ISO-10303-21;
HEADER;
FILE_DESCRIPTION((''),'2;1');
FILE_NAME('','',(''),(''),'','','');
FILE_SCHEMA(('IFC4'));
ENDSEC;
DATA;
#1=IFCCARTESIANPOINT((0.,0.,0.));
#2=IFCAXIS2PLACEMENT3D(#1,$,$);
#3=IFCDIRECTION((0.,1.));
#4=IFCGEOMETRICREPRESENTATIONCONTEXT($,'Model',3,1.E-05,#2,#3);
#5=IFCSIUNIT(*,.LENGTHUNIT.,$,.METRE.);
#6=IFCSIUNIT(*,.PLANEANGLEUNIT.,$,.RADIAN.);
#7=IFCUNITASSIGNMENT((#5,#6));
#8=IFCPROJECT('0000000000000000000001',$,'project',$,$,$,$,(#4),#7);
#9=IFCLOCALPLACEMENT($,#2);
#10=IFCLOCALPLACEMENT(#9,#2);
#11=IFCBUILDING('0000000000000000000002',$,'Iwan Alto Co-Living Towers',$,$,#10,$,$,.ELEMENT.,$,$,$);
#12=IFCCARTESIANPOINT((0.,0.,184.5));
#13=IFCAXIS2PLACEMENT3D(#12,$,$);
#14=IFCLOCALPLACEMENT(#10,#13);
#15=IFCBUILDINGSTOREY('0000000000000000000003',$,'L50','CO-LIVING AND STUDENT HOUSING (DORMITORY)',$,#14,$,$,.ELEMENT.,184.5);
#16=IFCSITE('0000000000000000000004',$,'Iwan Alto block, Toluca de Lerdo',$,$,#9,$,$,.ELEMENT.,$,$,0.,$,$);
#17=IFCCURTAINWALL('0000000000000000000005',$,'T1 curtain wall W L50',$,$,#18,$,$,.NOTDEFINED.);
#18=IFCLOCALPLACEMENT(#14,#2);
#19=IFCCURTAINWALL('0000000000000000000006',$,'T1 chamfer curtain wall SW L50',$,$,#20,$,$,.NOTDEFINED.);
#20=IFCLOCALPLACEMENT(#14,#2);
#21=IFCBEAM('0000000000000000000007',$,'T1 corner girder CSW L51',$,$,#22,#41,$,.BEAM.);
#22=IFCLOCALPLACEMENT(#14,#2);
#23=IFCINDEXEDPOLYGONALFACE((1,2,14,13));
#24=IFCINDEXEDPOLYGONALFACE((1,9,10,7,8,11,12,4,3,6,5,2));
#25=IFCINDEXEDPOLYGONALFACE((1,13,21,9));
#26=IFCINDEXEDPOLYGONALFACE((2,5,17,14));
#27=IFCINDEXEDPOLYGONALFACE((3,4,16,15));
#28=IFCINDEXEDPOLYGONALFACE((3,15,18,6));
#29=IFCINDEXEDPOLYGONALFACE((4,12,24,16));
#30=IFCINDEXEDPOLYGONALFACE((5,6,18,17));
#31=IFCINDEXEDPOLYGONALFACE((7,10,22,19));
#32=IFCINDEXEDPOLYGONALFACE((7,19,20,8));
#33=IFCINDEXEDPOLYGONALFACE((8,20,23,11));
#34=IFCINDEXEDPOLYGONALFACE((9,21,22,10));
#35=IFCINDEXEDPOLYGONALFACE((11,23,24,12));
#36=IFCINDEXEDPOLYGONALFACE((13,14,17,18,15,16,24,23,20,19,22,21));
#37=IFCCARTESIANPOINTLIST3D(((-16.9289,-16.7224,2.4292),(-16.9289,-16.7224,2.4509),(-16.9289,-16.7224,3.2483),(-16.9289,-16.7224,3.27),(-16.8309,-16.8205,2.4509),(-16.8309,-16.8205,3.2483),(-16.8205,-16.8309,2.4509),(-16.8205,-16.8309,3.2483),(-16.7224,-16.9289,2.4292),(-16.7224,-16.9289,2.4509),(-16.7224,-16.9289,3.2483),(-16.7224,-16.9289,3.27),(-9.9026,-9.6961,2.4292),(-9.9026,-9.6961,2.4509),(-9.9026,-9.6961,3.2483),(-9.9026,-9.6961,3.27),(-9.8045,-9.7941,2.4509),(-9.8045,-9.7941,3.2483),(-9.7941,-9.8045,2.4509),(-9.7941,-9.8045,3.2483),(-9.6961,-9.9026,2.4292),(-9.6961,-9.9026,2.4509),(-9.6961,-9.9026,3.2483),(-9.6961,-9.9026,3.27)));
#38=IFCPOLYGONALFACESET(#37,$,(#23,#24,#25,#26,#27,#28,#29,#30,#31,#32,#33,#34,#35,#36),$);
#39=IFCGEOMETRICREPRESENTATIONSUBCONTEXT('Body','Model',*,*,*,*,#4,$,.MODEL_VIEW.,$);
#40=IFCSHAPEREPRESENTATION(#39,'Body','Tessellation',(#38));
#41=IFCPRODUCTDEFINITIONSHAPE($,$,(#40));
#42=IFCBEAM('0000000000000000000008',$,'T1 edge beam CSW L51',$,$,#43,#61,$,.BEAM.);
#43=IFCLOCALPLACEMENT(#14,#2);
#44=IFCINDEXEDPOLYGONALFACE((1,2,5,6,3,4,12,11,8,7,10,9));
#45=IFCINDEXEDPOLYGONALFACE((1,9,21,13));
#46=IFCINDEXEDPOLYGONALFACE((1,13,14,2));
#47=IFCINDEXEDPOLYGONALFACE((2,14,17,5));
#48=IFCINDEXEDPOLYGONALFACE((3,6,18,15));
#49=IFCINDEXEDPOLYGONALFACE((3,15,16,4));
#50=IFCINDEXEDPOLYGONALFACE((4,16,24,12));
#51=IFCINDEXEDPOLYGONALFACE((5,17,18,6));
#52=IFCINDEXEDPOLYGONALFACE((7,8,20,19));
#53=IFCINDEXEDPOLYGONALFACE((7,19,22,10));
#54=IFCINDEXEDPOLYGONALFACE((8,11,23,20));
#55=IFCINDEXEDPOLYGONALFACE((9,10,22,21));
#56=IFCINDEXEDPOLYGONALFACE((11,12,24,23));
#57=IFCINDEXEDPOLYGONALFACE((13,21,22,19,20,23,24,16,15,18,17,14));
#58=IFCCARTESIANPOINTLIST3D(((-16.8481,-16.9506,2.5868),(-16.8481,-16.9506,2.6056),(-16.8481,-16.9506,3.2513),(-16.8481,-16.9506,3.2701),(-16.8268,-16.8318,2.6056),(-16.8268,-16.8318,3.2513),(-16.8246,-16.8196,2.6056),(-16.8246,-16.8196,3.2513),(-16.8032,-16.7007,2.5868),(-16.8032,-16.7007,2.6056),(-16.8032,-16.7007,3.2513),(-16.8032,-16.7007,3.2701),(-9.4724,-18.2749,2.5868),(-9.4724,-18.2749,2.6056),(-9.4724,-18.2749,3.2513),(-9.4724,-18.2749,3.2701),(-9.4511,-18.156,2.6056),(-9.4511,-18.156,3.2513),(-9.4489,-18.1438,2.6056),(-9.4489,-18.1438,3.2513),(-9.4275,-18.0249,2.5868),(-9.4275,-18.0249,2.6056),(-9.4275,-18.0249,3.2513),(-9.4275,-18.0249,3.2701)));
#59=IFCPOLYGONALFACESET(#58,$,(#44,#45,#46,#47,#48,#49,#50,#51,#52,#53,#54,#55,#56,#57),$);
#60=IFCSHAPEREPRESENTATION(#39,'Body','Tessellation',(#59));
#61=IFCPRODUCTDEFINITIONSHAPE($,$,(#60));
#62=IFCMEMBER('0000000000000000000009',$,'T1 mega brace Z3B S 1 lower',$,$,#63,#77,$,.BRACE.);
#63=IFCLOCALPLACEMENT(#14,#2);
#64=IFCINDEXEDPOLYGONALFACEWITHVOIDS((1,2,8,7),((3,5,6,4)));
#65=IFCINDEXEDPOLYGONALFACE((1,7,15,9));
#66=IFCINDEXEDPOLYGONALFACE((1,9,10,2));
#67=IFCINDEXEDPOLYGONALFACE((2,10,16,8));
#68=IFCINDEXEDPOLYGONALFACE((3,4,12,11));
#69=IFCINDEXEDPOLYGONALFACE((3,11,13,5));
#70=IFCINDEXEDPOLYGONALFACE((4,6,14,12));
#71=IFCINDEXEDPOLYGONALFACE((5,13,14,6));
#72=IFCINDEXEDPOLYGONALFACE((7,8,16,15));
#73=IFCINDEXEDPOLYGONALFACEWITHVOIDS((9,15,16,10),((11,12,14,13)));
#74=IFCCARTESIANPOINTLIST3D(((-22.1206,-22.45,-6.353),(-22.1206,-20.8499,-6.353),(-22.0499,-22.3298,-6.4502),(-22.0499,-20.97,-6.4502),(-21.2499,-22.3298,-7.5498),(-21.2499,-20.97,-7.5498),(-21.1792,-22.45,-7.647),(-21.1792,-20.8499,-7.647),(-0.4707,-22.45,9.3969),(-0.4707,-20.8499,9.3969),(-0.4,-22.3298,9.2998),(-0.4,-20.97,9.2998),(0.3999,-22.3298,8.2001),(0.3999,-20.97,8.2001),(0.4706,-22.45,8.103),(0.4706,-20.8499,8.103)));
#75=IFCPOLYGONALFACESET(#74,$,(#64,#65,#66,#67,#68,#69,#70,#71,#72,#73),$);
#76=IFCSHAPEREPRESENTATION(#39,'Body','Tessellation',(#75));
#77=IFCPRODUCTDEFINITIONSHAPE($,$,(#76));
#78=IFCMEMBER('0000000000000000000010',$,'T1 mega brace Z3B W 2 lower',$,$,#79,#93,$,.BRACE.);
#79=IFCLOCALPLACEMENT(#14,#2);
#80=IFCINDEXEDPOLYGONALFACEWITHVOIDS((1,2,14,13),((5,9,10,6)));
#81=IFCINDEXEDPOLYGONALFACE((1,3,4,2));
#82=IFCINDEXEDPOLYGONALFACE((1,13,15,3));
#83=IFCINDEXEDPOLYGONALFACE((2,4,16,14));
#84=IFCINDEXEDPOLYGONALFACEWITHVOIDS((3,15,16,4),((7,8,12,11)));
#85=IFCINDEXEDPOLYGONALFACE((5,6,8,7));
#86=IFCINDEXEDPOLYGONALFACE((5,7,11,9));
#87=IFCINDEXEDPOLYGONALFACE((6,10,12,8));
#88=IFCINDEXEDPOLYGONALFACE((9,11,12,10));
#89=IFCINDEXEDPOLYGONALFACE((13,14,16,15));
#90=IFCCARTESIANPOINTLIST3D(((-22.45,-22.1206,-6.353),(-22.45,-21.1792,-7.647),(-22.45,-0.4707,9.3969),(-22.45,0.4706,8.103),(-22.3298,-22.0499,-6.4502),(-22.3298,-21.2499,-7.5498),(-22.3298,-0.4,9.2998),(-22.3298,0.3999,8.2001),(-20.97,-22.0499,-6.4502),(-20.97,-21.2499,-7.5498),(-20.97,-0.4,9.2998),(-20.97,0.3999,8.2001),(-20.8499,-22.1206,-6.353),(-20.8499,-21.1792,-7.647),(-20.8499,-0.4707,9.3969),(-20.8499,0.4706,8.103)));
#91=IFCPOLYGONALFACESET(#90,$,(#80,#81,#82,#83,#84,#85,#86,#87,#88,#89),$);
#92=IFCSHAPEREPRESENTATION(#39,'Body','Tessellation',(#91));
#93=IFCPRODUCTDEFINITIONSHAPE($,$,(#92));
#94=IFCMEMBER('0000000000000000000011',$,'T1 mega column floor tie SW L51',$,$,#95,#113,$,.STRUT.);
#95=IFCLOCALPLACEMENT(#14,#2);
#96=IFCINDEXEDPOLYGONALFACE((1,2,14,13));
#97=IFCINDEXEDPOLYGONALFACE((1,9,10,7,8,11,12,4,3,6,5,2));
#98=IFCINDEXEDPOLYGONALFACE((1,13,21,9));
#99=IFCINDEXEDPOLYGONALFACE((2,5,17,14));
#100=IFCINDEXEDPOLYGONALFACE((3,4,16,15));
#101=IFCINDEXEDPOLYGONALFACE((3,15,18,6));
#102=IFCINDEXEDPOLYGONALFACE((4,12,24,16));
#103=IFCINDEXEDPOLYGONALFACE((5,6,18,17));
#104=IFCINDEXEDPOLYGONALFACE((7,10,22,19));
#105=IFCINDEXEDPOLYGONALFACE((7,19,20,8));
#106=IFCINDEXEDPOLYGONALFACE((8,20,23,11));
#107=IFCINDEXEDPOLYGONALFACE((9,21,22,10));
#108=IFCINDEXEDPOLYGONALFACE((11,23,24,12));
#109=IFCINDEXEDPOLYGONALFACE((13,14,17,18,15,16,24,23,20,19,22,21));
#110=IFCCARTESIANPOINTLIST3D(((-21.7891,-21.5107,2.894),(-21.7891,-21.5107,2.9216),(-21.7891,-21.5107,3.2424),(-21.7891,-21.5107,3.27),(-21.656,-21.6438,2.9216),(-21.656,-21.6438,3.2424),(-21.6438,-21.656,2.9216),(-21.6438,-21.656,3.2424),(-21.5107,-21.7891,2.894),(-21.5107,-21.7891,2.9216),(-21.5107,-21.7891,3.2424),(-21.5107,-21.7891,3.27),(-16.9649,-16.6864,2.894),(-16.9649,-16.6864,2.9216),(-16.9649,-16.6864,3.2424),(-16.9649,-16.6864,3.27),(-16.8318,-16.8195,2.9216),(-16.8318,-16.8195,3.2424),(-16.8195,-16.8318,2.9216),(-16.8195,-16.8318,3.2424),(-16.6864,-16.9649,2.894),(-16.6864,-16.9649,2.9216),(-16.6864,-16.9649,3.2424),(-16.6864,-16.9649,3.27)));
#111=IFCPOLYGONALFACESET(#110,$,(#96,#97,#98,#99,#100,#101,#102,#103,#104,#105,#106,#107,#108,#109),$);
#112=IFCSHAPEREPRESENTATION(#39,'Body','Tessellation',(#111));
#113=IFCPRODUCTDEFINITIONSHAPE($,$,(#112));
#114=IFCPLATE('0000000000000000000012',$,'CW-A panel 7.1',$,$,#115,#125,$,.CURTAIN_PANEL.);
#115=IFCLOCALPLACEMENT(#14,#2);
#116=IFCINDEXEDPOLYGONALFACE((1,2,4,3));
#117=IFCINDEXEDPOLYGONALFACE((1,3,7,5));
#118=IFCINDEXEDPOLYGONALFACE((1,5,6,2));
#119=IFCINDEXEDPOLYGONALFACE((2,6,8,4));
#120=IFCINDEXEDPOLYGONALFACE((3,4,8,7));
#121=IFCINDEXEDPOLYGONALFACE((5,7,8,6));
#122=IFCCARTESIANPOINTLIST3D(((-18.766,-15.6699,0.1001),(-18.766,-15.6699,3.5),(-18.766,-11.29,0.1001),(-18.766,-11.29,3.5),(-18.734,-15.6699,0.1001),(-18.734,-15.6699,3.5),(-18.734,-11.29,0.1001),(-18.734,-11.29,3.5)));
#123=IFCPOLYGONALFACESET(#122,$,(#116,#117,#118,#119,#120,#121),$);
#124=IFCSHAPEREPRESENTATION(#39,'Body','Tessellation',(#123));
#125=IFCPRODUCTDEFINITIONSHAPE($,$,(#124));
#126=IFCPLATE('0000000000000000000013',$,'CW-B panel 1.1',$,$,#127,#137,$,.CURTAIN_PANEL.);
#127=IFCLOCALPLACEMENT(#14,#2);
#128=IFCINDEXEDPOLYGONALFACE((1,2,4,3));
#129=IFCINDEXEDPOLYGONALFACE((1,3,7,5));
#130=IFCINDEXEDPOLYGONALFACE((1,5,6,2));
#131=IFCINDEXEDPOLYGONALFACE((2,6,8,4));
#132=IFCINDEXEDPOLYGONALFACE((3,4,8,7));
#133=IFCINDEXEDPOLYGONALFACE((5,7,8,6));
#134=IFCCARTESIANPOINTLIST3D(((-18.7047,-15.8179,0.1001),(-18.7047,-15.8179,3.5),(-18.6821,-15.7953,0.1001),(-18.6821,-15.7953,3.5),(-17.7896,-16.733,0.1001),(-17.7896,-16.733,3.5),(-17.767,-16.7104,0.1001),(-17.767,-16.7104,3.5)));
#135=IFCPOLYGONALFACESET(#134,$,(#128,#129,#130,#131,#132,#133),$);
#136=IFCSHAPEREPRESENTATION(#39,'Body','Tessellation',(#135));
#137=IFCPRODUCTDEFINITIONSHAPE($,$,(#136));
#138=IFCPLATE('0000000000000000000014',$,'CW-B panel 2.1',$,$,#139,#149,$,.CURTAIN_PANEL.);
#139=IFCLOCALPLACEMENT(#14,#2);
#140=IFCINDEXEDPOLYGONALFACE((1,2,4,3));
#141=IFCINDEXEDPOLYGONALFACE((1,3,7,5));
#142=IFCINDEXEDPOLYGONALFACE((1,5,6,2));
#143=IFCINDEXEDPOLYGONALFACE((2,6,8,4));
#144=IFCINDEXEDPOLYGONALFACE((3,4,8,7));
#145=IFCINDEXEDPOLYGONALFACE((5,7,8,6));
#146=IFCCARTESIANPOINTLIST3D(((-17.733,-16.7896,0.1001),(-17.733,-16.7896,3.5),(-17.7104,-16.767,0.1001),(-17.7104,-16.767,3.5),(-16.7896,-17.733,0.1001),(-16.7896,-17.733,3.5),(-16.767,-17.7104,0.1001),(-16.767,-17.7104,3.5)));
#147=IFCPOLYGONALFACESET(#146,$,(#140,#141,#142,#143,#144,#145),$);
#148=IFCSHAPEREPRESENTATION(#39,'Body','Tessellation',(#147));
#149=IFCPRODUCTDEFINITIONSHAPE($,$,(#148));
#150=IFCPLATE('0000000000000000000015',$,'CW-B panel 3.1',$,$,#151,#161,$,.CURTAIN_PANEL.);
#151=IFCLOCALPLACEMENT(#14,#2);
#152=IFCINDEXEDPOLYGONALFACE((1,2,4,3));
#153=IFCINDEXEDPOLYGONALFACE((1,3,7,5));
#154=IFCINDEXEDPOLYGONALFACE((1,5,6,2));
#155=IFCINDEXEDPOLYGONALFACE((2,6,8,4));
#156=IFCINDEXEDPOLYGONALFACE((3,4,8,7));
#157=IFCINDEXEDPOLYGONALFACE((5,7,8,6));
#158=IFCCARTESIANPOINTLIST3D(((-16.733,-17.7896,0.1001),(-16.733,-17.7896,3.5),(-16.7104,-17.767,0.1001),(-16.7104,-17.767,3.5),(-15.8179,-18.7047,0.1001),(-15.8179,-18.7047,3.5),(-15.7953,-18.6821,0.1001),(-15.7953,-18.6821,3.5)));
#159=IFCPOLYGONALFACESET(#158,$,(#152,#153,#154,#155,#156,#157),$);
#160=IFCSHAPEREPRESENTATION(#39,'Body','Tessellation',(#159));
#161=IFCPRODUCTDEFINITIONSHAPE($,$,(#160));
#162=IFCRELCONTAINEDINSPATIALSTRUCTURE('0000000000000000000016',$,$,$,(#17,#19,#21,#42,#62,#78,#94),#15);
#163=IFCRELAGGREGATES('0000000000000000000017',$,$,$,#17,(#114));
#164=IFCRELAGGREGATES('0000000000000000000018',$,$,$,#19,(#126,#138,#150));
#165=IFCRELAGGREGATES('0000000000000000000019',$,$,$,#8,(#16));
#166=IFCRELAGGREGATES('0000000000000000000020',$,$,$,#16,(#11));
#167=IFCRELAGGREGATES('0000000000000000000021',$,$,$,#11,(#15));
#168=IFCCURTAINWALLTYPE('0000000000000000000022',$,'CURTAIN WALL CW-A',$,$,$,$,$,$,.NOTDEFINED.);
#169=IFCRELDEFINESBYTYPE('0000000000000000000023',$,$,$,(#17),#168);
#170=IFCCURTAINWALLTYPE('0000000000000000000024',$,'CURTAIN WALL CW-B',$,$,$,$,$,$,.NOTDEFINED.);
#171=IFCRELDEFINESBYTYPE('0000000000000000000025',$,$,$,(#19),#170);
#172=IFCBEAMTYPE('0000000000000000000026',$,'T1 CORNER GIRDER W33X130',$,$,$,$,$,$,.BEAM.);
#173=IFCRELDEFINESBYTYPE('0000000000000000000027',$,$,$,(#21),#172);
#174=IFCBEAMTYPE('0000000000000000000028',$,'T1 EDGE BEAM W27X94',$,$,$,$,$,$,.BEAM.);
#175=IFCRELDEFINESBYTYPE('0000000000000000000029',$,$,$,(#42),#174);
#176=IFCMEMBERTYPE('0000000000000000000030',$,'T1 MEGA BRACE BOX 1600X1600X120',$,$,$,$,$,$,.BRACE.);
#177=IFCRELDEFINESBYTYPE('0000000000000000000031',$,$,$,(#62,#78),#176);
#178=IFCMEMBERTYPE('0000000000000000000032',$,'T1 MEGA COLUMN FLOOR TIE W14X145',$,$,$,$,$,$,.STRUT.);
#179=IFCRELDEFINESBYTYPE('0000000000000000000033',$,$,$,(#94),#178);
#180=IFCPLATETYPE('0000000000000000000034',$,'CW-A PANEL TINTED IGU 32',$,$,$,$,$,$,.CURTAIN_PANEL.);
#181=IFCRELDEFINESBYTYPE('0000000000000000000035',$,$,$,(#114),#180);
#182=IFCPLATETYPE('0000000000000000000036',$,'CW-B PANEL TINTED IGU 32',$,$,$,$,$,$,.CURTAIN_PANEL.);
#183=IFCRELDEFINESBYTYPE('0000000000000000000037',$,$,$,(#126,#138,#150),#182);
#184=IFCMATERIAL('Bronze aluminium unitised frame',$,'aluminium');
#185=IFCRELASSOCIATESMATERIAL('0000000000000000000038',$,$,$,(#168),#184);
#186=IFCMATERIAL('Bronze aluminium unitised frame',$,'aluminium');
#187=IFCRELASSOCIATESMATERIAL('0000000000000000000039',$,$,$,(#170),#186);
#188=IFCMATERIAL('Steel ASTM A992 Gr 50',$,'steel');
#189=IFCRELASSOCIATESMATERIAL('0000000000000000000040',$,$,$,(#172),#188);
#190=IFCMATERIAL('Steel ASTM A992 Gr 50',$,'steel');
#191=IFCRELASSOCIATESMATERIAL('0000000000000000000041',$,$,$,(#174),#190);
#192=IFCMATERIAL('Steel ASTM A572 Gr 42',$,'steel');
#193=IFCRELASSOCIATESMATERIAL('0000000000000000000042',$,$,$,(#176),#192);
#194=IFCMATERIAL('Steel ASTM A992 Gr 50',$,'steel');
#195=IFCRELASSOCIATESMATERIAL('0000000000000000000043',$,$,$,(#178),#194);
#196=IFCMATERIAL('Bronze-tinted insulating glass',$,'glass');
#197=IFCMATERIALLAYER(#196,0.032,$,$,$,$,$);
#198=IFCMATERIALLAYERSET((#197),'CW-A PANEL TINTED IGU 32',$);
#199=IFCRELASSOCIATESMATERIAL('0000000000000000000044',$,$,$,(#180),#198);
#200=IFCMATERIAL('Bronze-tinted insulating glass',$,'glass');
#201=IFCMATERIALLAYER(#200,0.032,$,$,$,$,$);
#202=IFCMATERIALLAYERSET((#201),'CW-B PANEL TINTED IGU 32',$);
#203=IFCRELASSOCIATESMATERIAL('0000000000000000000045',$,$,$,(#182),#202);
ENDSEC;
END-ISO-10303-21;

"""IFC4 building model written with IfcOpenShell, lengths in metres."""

from ifc_helpers import new_model, si_unit, direction, frame, origin, origin_2d, place, context, subcontext, project, spatial, rectangle, hollow_rectangle, i_section, extrude, material, layer, layer_set, material_profile, profile_set, type_object, element, aggregate, save


model = new_model("IFC4")

# Units and contexts
model_context = context("Model", 3, precision=1e-05, world=origin(), true_north=direction((0.0, 1.0)))
body_context = subcontext(model_context, "Body", "Model", "MODEL_VIEW")
ifc_project = project(units=[si_unit("LENGTHUNIT", "METRE"), si_unit("PLANEANGLEUNIT", "RADIAN")], contexts=[model_context])

# Site, building, storey
site_placement = place(None, origin())
site = spatial("IfcSite", under=ifc_project, at=site_placement, Name="Iwan Alto block, Toluca de Lerdo", CompositionType="ELEMENT", RefElevation=0.0)
building_placement = place(site_placement, origin())
building = spatial("IfcBuilding", under=site, at=building_placement, Name="Iwan Alto Co-Living Towers", CompositionType="ELEMENT")
storey_placement = place(building_placement, frame((0.0, 0.0, 184.5)))
storey = spatial("IfcBuildingStorey", under=building, at=storey_placement, Name="L50", Description="CO-LIVING AND STUDENT HOUSING (DORMITORY)", CompositionType="ELEMENT", Elevation=184.5)

# Curtain walls
ifc_material_1 = material(Name="Bronze aluminium unitised frame", Category="aluminium")
curtain_wall_type_1 = type_object("IfcCurtainWallType", Name="CURTAIN WALL CW-A", PredefinedType="NOTDEFINED", material=ifc_material_1)
curtain_wall_1_placement = place(storey_placement, origin())
curtain_wall_1 = element("IfcCurtainWall", 1, at=curtain_wall_1_placement, inside=storey, type_object=curtain_wall_type_1, Name="T1 curtain wall W L50", PredefinedType="NOTDEFINED")
ifc_material_2 = material(Name="Bronze aluminium unitised frame", Category="aluminium")
curtain_wall_type_2 = type_object("IfcCurtainWallType", Name="CURTAIN WALL CW-B", PredefinedType="NOTDEFINED", material=ifc_material_2)
curtain_wall_2_placement = place(storey_placement, origin())
curtain_wall_2 = element("IfcCurtainWall", 2, at=curtain_wall_2_placement, inside=storey, type_object=curtain_wall_type_2, Name="T1 chamfer curtain wall SW L50", PredefinedType="NOTDEFINED")

# Beams
ifc_material_3 = material(Name="Steel ASTM A992 Gr 50", Category="steel")
ifc_material_profile_1 = material_profile(ifc_material_3, i_section(OverallWidth=0.292, OverallDepth=0.8408, WebThickness=0.0146, FlangeThickness=0.0217, at=origin_2d()), Name="W33X130")
ifc_profile_set_1 = profile_set([ifc_material_profile_1], Name="Steel ASTM A992 Gr 50")
beam_type_1 = type_object("IfcBeamType", Name="T1 CORNER GIRDER W33X130", PredefinedType="BEAM", material=ifc_profile_set_1)
beam_1_placement = place(storey_placement, frame((-16.8257, -16.8257, 2.8496), z_axis=(0.707107, 0.707107, 0.0), x_axis=(-0.707107, 0.707107, 0.0)))
element("IfcBeam", 3, at=beam_1_placement, inside=storey, type_object=beam_type_1, Name="T1 corner girder CSW L51", PredefinedType="BEAM", context=body_context, shape_type="SweptSolid", body=[
    extrude(i_section(OverallWidth=0.292, OverallDepth=0.8408, WebThickness=0.0146, FlangeThickness=0.0217, at=origin_2d()), origin(), (0.0, 0.0, 1.0), 9.9368),
])
ifc_material_4 = material(Name="Steel ASTM A992 Gr 50", Category="steel")
ifc_material_profile_2 = material_profile(ifc_material_4, i_section(OverallWidth=0.2539, OverallDepth=0.6833, WebThickness=0.0125, FlangeThickness=0.0188, at=origin_2d()), Name="W27X94")
ifc_profile_set_2 = profile_set([ifc_material_profile_2], Name="Steel ASTM A992 Gr 50")
beam_type_2 = type_object("IfcBeamType", Name="T1 EDGE BEAM W27X94", PredefinedType="BEAM", material=ifc_profile_set_2)
beam_2_placement = place(storey_placement, frame((-16.8257, -16.8257, 2.9285), z_axis=(0.984263, -0.176712, 0.0), x_axis=(0.176712, 0.984263, 0.0)))
element("IfcBeam", 4, at=beam_2_placement, inside=storey, type_object=beam_type_2, Name="T1 edge beam CSW L51", PredefinedType="BEAM", context=body_context, shape_type="SweptSolid", body=[
    extrude(i_section(OverallWidth=0.2539, OverallDepth=0.6833, WebThickness=0.0125, FlangeThickness=0.0188, at=origin_2d()), origin(), (0.0, 0.0, 1.0), 7.4937),
])

# Members
ifc_material_5 = material(Name="Steel ASTM A572 Gr 42", Category="steel")
ifc_material_profile_3 = material_profile(ifc_material_5, hollow_rectangle(XDim=1.6001, YDim=1.6001, WallThickness=0.1201, at=origin_2d()), Name="BOX 1600X1600X120")
ifc_profile_set_3 = profile_set([ifc_material_profile_3], Name="Steel ASTM A572 Gr 42")
member_type_1 = type_object("IfcMemberType", Name="T1 MEGA BRACE BOX 1600X1600X120", PredefinedType="BRACE", material=ifc_profile_set_3)
for number, where, z_axis, x_axis, name in (
    (5, (-21.6499, -21.6499, -7.0), (0.808654, 0.0, 0.588284), (0.0, 1.0, 0.0), "T1 mega brace Z3B S 1 lower"),
    (6, (-21.6499, -21.6499, -7.0), (0.0, 0.808654, 0.588284), (-1.0, 0.0, 0.0), "T1 mega brace Z3B W 2 lower"),
):
    element("IfcMember", number, at=place(storey_placement, frame(where, z_axis=z_axis, x_axis=x_axis)), inside=storey, type_object=member_type_1, Name=name, PredefinedType="BRACE", context=body_context, shape_type="SweptSolid", body=[
        extrude(hollow_rectangle(XDim=1.6001, YDim=1.6001, WallThickness=0.1201, at=origin_2d()), origin(), (0.0, 0.0, 1.0), 26.7727),
    ])
ifc_material_6 = material(Name="Steel ASTM A992 Gr 50", Category="steel")
ifc_material_profile_4 = material_profile(ifc_material_6, i_section(OverallWidth=0.3938, OverallDepth=0.376, WebThickness=0.0173, FlangeThickness=0.0276, at=origin_2d()), Name="W14X145")
ifc_profile_set_4 = profile_set([ifc_material_profile_4], Name="Steel ASTM A992 Gr 50")
member_type_2 = type_object("IfcMemberType", Name="T1 MEGA COLUMN FLOOR TIE W14X145", PredefinedType="STRUT", material=ifc_profile_set_4)
member_1_placement = place(storey_placement, frame((-21.6499, -21.6499, 3.082), z_axis=(0.707107, 0.707107, 0.0), x_axis=(-0.707107, 0.707107, 0.0)))
element("IfcMember", 7, at=member_1_placement, inside=storey, type_object=member_type_2, Name="T1 mega column floor tie SW L51", PredefinedType="STRUT", context=body_context, shape_type="SweptSolid", body=[
    extrude(i_section(OverallWidth=0.3938, OverallDepth=0.376, WebThickness=0.0173, FlangeThickness=0.0276, at=origin_2d()), origin(), (0.0, 0.0, 1.0), 6.8225),
])

# Plates
ifc_material_7 = material(Name="Bronze-tinted insulating glass", Category="glass")
ifc_layer_1 = layer(ifc_material_7, 0.032)
ifc_layer_set_1 = layer_set([ifc_layer_1], Name="CW-A PANEL TINTED IGU 32")
plate_type_1 = type_object("IfcPlateType", Name="CW-A PANEL TINTED IGU 32", PredefinedType="CURTAIN_PANEL", material=ifc_layer_set_1)
plate_1_placement = place(storey_placement, frame((-18.75, -13.48, 0.1001), z_axis=(0.0, 0.0, 1.0), x_axis=(0.0, -1.0, 0.0)))
plate_1 = element("IfcPlate", 8, at=plate_1_placement, type_object=plate_type_1, Name="CW-A panel 7.1", PredefinedType="CURTAIN_PANEL", context=body_context, shape_type="SweptSolid", body=[
    extrude(rectangle(XDim=4.3799, YDim=0.032, at=origin_2d()), origin(), (0.0, 0.0, 1.0), 3.3999),
])
aggregate(curtain_wall_1, [plate_1])
ifc_material_8 = material(Name="Bronze-tinted insulating glass", Category="glass")
ifc_layer_2 = layer(ifc_material_8, 0.032)
ifc_layer_set_2 = layer_set([ifc_layer_2], Name="CW-B PANEL TINTED IGU 32")
plate_type_2 = type_object("IfcPlateType", Name="CW-B PANEL TINTED IGU 32", PredefinedType="CURTAIN_PANEL", material=ifc_layer_set_2)
plate_2_placement = place(storey_placement, frame((-18.2358, -16.2642, 0.1001), z_axis=(0.0, 0.0, 1.0), x_axis=(0.707107, -0.707107, 0.0)))
plate_2 = element("IfcPlate", 9, at=plate_2_placement, type_object=plate_type_2, Name="CW-B panel 1.1", PredefinedType="CURTAIN_PANEL", context=body_context, shape_type="SweptSolid", body=[
    extrude(rectangle(XDim=1.2942, YDim=0.032, at=origin_2d()), origin(), (0.0, 0.0, 1.0), 3.3999),
])
plate_3_placement = place(storey_placement, frame((-17.25, -17.25, 0.1001), z_axis=(0.0, 0.0, 1.0), x_axis=(0.707107, -0.707107, 0.0)))
plate_3 = element("IfcPlate", 10, at=plate_3_placement, type_object=plate_type_2, Name="CW-B panel 2.1", PredefinedType="CURTAIN_PANEL", context=body_context, shape_type="SweptSolid", body=[
    extrude(rectangle(XDim=1.3342, YDim=0.032, at=origin_2d()), origin(), (0.0, 0.0, 1.0), 3.3999),
])
plate_4_placement = place(storey_placement, frame((-16.2642, -18.2358, 0.1001), z_axis=(0.0, 0.0, 1.0), x_axis=(0.707107, -0.707107, 0.0)))
plate_4 = element("IfcPlate", 11, at=plate_4_placement, type_object=plate_type_2, Name="CW-B panel 3.1", PredefinedType="CURTAIN_PANEL", context=body_context, shape_type="SweptSolid", body=[
    extrude(rectangle(XDim=1.2942, YDim=0.032, at=origin_2d()), origin(), (0.0, 0.0, 1.0), 3.3999),
])
aggregate(curtain_wall_2, [plate_2, plate_3, plate_4])

save(model, "model.ifc")
